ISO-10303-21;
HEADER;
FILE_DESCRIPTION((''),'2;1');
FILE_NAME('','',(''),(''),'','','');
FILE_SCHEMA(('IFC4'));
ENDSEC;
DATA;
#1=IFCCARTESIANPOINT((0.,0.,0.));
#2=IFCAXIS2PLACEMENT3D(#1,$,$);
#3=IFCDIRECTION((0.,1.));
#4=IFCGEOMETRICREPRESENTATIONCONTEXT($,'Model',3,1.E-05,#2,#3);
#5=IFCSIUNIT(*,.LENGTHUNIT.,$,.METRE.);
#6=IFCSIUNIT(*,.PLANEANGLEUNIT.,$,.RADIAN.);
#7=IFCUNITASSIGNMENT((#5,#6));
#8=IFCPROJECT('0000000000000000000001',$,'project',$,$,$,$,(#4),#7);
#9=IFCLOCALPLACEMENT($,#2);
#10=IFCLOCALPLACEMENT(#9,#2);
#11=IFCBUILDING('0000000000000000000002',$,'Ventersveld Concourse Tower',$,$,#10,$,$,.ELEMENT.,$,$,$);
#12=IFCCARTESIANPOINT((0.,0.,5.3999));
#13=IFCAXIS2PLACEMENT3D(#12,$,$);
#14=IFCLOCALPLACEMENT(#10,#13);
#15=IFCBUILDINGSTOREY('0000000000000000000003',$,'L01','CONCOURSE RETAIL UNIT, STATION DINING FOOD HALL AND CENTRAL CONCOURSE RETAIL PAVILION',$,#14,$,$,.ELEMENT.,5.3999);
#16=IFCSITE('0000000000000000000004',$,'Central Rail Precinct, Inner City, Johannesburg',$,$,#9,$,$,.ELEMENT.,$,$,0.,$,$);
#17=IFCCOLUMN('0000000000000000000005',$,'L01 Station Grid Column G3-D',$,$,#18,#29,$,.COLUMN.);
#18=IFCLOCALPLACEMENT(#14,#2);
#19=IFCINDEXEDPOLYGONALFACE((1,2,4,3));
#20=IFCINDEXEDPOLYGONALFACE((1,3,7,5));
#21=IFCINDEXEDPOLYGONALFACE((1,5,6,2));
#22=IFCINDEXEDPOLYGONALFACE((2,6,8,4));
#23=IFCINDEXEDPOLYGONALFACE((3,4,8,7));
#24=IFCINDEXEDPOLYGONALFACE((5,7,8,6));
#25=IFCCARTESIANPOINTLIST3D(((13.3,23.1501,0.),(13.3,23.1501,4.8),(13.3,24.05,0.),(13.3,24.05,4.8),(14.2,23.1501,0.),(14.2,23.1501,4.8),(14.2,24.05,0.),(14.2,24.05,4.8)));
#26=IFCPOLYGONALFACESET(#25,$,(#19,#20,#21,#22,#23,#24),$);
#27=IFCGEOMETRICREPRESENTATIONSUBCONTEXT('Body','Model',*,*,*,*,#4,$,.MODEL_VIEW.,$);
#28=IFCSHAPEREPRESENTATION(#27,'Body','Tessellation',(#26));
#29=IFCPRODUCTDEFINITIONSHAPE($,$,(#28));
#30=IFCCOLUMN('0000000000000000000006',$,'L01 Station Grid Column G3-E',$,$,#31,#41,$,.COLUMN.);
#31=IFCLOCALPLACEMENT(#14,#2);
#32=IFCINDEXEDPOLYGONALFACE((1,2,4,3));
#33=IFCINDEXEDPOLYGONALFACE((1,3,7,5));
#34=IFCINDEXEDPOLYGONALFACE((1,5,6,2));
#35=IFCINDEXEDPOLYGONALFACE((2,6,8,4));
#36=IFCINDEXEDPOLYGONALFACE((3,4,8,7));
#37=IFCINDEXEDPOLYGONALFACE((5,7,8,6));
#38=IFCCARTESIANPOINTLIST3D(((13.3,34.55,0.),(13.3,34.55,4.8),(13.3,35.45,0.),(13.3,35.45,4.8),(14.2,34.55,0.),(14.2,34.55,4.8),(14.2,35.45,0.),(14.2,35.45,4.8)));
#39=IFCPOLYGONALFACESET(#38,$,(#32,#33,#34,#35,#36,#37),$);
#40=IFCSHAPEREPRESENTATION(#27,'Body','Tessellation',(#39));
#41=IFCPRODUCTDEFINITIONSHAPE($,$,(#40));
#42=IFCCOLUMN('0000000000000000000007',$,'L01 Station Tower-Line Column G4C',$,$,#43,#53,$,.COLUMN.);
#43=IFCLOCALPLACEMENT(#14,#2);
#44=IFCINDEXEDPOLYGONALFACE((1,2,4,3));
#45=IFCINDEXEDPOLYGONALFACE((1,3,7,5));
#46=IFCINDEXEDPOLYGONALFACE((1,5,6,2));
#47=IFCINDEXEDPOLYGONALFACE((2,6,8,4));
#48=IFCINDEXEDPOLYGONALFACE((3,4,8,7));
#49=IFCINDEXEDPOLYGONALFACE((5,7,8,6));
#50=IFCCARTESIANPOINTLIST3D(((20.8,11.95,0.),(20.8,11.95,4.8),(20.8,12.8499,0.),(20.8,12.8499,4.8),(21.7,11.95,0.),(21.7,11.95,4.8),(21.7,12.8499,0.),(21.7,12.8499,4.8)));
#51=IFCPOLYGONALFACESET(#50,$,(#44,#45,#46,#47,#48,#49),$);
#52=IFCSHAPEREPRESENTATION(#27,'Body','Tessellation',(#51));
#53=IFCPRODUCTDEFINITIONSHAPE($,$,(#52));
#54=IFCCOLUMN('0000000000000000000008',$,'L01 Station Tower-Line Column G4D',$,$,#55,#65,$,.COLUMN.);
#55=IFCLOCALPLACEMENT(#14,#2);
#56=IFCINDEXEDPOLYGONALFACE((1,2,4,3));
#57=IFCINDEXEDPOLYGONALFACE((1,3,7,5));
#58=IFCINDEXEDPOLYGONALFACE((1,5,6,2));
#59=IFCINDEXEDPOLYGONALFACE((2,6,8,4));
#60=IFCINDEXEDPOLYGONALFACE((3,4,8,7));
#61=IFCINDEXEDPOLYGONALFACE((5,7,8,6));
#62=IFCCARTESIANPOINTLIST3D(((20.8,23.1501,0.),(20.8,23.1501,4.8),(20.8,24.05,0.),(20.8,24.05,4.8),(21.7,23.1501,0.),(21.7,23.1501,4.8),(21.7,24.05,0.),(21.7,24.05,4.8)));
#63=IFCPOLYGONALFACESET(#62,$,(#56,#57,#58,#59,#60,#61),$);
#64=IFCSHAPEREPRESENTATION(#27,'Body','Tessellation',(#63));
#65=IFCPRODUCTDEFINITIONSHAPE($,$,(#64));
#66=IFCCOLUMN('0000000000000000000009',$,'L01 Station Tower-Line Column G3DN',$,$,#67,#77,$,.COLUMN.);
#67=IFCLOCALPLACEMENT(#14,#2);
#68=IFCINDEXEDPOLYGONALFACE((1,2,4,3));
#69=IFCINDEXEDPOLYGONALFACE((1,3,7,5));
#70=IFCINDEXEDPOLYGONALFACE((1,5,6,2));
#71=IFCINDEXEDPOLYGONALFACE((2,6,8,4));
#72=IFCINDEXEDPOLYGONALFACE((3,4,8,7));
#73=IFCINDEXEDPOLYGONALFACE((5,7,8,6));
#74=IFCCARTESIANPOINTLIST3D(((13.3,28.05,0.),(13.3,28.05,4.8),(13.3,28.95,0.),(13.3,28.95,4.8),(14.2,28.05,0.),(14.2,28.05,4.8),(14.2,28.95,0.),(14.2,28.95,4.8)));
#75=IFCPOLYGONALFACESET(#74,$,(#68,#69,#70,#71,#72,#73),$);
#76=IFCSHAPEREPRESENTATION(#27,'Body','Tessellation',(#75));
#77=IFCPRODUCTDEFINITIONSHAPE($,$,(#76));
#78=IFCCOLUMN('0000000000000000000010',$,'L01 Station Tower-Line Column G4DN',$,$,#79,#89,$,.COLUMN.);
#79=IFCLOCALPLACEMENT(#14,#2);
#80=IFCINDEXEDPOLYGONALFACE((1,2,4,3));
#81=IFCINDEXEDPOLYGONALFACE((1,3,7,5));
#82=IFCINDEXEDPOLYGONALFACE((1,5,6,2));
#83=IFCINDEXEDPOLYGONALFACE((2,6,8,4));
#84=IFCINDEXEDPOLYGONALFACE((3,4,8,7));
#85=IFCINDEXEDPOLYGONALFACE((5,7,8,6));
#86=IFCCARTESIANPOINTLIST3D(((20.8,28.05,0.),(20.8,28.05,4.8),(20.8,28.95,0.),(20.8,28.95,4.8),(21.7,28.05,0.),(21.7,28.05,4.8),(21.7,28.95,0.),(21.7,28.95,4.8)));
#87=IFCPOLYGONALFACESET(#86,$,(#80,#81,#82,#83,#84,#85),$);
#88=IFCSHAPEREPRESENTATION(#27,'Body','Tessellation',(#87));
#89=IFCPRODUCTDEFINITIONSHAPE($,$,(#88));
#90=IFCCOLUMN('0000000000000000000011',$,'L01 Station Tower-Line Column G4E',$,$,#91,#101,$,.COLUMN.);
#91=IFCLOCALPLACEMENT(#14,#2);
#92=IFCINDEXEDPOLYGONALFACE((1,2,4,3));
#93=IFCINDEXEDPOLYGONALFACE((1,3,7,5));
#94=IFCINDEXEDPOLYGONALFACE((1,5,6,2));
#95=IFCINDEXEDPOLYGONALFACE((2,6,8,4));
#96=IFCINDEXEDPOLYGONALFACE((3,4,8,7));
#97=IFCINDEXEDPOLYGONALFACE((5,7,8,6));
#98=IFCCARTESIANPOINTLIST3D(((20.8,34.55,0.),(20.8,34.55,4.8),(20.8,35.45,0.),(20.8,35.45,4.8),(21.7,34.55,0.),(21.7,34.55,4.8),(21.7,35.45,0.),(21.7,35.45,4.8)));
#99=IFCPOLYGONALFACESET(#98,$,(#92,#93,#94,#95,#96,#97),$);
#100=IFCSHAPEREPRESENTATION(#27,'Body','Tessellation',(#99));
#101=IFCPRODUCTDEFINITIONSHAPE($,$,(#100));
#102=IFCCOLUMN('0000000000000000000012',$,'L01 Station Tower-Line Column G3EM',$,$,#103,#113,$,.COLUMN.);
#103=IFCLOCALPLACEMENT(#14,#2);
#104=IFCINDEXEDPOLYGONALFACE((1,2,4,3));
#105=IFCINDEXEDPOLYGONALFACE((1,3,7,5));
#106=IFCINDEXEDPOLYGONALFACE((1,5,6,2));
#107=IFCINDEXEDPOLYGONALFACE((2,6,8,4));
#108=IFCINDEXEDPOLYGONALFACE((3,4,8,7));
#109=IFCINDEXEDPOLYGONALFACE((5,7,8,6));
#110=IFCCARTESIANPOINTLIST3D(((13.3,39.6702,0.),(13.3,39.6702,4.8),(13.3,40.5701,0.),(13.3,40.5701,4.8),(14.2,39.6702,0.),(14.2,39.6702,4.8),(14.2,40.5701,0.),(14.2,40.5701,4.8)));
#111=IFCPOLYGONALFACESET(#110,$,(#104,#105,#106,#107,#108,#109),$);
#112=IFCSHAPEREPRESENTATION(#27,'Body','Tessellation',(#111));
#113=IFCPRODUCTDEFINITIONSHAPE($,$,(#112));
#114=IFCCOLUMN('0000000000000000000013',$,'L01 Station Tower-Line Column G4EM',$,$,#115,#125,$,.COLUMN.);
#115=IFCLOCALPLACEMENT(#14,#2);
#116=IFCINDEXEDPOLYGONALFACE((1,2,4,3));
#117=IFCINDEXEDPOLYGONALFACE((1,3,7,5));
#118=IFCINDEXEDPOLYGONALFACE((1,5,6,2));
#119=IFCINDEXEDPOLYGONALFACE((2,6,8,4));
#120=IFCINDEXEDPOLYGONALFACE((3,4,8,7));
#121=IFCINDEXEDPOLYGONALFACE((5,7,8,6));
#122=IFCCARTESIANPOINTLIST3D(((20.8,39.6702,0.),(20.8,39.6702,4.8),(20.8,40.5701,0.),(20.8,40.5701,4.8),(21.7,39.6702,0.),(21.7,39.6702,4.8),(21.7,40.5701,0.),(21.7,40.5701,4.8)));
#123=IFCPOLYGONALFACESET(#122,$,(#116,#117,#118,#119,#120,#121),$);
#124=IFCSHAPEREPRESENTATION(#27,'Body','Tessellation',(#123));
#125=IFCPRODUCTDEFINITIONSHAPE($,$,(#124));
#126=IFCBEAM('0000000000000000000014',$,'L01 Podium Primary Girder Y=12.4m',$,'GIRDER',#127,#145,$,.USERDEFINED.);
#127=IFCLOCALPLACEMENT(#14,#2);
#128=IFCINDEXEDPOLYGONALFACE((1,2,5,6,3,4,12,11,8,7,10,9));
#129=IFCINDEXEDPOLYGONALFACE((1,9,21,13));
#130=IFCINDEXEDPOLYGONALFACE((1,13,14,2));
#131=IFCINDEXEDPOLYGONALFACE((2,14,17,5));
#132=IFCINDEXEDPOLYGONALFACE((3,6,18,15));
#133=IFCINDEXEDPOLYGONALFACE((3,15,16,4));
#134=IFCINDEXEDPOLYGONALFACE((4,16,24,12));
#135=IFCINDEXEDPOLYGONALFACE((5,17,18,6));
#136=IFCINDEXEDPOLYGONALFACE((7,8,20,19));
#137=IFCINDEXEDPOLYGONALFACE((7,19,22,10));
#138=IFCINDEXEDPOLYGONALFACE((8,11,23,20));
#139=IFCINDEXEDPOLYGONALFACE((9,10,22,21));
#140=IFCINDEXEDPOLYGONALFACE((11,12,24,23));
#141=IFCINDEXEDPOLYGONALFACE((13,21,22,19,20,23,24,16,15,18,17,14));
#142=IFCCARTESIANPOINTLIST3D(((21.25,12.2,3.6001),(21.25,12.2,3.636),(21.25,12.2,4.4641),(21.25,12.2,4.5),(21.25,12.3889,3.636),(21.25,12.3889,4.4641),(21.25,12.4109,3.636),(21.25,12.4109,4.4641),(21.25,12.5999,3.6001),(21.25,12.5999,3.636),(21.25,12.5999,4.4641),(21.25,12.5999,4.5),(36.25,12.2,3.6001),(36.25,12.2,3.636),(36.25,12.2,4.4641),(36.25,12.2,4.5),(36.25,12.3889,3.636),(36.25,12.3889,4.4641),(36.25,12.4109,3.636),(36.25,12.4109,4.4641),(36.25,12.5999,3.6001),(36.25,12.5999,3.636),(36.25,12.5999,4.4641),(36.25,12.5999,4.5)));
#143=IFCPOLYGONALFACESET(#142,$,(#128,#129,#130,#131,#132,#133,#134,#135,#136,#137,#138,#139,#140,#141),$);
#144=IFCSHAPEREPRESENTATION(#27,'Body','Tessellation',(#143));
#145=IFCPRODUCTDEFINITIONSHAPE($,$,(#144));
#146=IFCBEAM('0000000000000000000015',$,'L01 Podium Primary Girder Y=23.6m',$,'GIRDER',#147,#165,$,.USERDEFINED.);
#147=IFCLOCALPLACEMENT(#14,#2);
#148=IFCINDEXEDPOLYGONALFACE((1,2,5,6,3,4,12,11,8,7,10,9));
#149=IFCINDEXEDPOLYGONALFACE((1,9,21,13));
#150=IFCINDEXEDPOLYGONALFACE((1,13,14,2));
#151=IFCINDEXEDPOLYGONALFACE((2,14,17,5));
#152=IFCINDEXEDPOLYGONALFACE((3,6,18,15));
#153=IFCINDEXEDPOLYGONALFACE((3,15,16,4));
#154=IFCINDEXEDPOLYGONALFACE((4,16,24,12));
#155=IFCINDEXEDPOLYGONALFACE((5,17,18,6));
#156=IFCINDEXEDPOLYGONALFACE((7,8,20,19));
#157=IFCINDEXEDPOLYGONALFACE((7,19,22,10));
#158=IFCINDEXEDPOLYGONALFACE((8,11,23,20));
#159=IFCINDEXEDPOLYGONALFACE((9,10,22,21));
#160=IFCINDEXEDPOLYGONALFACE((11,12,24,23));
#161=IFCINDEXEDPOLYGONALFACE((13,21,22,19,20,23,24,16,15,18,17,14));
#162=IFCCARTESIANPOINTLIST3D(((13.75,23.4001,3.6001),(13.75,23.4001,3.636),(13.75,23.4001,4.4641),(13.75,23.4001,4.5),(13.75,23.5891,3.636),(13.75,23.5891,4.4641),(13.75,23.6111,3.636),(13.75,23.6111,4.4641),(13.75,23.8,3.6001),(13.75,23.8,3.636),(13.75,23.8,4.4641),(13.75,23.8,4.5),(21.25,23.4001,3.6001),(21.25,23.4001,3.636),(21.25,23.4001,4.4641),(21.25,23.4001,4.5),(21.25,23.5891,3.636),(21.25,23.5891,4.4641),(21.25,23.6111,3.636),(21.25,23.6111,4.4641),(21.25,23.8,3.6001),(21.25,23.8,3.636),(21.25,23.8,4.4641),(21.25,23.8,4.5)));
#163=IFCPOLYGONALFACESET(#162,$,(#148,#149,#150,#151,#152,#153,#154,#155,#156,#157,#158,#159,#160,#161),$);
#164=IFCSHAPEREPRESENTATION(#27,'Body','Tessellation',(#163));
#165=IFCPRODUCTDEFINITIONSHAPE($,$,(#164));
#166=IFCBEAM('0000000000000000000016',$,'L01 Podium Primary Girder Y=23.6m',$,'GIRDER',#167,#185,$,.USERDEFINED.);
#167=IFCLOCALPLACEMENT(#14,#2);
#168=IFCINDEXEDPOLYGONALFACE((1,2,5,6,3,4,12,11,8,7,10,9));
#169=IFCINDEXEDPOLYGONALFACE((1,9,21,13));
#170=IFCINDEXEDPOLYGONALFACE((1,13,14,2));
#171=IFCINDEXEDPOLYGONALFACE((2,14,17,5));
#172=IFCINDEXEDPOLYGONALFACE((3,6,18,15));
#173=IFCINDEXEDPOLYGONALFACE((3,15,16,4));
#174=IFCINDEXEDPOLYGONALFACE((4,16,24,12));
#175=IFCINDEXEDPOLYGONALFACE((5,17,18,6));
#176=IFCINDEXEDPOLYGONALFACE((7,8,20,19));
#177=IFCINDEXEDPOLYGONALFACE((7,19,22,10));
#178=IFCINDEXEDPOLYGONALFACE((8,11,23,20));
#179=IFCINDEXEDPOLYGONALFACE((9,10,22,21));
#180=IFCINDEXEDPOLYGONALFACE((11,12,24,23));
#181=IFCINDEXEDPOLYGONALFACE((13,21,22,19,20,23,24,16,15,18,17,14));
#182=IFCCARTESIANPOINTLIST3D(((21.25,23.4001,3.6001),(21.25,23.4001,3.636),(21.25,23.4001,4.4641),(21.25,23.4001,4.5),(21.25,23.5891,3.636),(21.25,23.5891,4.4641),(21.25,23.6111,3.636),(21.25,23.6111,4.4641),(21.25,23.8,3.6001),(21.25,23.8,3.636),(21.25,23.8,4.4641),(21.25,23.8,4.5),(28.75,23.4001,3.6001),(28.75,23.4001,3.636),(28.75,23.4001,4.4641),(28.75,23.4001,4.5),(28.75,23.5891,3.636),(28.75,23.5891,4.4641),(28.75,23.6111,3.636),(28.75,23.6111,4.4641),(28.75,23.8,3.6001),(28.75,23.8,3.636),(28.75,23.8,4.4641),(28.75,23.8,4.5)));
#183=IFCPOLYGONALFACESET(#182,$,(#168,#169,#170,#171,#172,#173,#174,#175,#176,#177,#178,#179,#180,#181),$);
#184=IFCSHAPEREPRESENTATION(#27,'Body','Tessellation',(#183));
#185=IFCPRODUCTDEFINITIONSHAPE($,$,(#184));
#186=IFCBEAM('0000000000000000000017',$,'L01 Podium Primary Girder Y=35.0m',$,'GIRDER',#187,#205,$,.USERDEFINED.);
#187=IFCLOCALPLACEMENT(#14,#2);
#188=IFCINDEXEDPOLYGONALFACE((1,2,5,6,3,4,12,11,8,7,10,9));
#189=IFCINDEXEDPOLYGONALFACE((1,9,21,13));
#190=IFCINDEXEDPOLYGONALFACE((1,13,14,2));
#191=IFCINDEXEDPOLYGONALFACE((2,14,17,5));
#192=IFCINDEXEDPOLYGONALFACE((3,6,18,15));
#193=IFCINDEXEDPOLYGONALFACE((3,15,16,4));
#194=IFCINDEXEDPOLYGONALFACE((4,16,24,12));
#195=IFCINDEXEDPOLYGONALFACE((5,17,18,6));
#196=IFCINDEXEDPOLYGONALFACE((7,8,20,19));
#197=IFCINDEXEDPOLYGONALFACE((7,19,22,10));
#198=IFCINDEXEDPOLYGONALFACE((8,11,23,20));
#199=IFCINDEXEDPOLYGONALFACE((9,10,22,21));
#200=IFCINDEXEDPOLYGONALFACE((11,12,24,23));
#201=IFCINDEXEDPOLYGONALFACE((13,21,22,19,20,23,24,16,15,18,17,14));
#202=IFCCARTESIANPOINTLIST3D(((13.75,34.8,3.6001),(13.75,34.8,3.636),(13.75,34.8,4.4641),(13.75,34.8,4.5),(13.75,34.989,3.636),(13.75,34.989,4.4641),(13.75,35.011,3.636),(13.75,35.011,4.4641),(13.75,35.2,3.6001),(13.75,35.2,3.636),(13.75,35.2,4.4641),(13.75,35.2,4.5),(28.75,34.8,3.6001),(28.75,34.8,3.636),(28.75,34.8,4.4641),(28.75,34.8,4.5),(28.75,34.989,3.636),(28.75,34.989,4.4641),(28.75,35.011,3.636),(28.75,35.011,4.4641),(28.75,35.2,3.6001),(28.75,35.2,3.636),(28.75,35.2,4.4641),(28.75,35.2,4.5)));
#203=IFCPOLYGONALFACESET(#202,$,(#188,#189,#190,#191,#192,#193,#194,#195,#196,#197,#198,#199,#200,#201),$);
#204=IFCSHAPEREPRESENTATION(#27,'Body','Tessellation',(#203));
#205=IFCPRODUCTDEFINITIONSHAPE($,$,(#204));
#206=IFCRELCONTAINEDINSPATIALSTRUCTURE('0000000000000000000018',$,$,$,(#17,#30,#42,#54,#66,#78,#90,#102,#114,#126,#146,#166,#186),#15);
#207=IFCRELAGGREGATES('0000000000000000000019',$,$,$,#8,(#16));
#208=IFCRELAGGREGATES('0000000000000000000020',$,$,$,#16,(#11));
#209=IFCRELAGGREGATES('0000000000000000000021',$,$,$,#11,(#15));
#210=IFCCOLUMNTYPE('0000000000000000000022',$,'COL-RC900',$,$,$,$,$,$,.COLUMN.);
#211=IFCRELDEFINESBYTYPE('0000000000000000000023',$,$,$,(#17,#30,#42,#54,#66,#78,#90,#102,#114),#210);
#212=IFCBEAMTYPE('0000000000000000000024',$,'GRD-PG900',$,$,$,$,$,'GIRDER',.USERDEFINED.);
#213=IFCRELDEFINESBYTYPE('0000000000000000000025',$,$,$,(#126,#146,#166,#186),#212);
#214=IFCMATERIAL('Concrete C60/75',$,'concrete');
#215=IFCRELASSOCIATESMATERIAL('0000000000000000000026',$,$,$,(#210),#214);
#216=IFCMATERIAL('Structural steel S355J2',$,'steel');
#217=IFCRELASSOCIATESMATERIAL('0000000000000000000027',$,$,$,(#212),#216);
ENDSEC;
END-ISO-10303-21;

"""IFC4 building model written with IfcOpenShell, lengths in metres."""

from ifc_helpers import new_model, si_unit, direction, frame, origin, origin_2d, place, context, subcontext, project, spatial, rectangle, i_section, extrude, material, material_profile, profile_set, type_object, element, save


model = new_model("IFC4")

# Units and contexts
model_context = context("Model", 3, precision=1e-05, world=origin(), true_north=direction((0.0, 1.0)))
body_context = subcontext(model_context, "Body", "Model", "MODEL_VIEW")
ifc_project = project(units=[si_unit("LENGTHUNIT", "METRE"), si_unit("PLANEANGLEUNIT", "RADIAN")], contexts=[model_context])

# Site, building, storey
site_placement = place(None, origin())
site = spatial("IfcSite", under=ifc_project, at=site_placement, Name="Central Rail Precinct, Inner City, Johannesburg", CompositionType="ELEMENT", RefElevation=0.0)
building_placement = place(site_placement, origin())
building = spatial("IfcBuilding", under=site, at=building_placement, Name="Ventersveld Concourse Tower", CompositionType="ELEMENT")
storey_placement = place(building_placement, frame((0.0, 0.0, 5.3999)))
storey = spatial("IfcBuildingStorey", under=building, at=storey_placement, Name="L01", Description="CONCOURSE RETAIL UNIT, STATION DINING FOOD HALL AND CENTRAL CONCOURSE RETAIL PAVILION", CompositionType="ELEMENT", Elevation=5.3999)

# Columns
ifc_material_1 = material(Name="Concrete C60/75", Category="concrete")
ifc_material_profile_1 = material_profile(ifc_material_1, rectangle(XDim=0.8999, YDim=0.8999, at=origin_2d()), Name="RC 900x900")
ifc_profile_set_1 = profile_set([ifc_material_profile_1], Name="Concrete C60/75")
column_type = type_object("IfcColumnType", Name="COL-RC900", PredefinedType="COLUMN", material=ifc_profile_set_1)
for number, where, z_axis, x_axis, name in (
    (1, (13.75, 23.6001, 0.0), (0.0, 0.0, 1.0), (1.0, 0.0, 0.0), "L01 Station Grid Column G3-D"),
    (2, (13.75, 35.0, 0.0), (0.0, 0.0, 1.0), (1.0, 0.0, 0.0), "L01 Station Grid Column G3-E"),
    (3, (21.25, 12.3999, 0.0), (0.0, 0.0, 1.0), (1.0, 0.0, 0.0), "L01 Station Tower-Line Column G4C"),
    (4, (21.25, 23.6001, 0.0), (0.0, 0.0, 1.0), (1.0, 0.0, 0.0), "L01 Station Tower-Line Column G4D"),
    (5, (13.75, 28.5, 0.0), (0.0, 0.0, 1.0), (1.0, 0.0, 0.0), "L01 Station Tower-Line Column G3DN"),
    (6, (21.25, 28.5, 0.0), (0.0, 0.0, 1.0), (1.0, 0.0, 0.0), "L01 Station Tower-Line Column G4DN"),
    (7, (21.25, 35.0, 0.0), (0.0, 0.0, 1.0), (1.0, 0.0, 0.0), "L01 Station Tower-Line Column G4E"),
    (8, (13.75, 40.1201, 0.0), (0.0, 0.0, 1.0), (1.0, 0.0, 0.0), "L01 Station Tower-Line Column G3EM"),
    (9, (21.25, 40.1201, 0.0), (0.0, 0.0, 1.0), (1.0, 0.0, 0.0), "L01 Station Tower-Line Column G4EM"),
):
    element("IfcColumn", number, at=place(storey_placement, frame(where, z_axis=z_axis, x_axis=x_axis)), inside=storey, type_object=column_type, Name=name, PredefinedType="COLUMN", context=body_context, shape_type="SweptSolid", body=[
        extrude(rectangle(XDim=0.8999, YDim=0.8999, at=origin_2d()), origin(), (0.0, 0.0, 1.0), 4.8),
    ])

# Beams
ifc_material_2 = material(Name="Structural steel S355J2", Category="steel")
ifc_material_profile_2 = material_profile(ifc_material_2, i_section(OverallWidth=0.3999, OverallDepth=0.8999, WebThickness=0.022, FlangeThickness=0.0359, at=origin_2d()), Name="PG 900x400x36")
ifc_profile_set_2 = profile_set([ifc_material_profile_2], Name="Structural steel S355J2")
beam_type_1 = type_object("IfcBeamType", Name="GRD-PG900", ElementType="GIRDER", PredefinedType="USERDEFINED", material=ifc_profile_set_2)
beam_1_placement = place(storey_placement, frame((21.25, 12.3999, 4.05), z_axis=(1.0, 0.0, 0.0), x_axis=(0.0, 1.0, 0.0)))
element("IfcBeam", 10, at=beam_1_placement, inside=storey, type_object=beam_type_1, Name="L01 Podium Primary Girder Y=12.4m", ObjectType="GIRDER", PredefinedType="USERDEFINED", context=body_context, shape_type="SweptSolid", body=[
    extrude(i_section(OverallWidth=0.3999, OverallDepth=0.8999, WebThickness=0.022, FlangeThickness=0.0359, at=origin_2d()), origin(), (0.0, 0.0, 1.0), 15.0),
])
for number, where, z_axis, x_axis, name in (
    (11, (13.75, 23.6001, 4.05), (1.0, 0.0, 0.0), (0.0, 1.0, 0.0), "L01 Podium Primary Girder Y=23.6m"),
    (12, (21.25, 23.6001, 4.05), (1.0, 0.0, 0.0), (0.0, 1.0, 0.0), "L01 Podium Primary Girder Y=23.6m"),
):
    element("IfcBeam", number, at=place(storey_placement, frame(where, z_axis=z_axis, x_axis=x_axis)), inside=storey, type_object=beam_type_1, Name=name, ObjectType="GIRDER", PredefinedType="USERDEFINED", context=body_context, shape_type="SweptSolid", body=[
        extrude(i_section(OverallWidth=0.3999, OverallDepth=0.8999, WebThickness=0.022, FlangeThickness=0.0359, at=origin_2d()), origin(), (0.0, 0.0, 1.0), 7.5),
    ])
beam_2_placement = place(storey_placement, frame((13.75, 35.0, 4.05), z_axis=(1.0, 0.0, 0.0), x_axis=(0.0, 1.0, 0.0)))
element("IfcBeam", 13, at=beam_2_placement, inside=storey, type_object=beam_type_1, Name="L01 Podium Primary Girder Y=35.0m", ObjectType="GIRDER", PredefinedType="USERDEFINED", context=body_context, shape_type="SweptSolid", body=[
    extrude(i_section(OverallWidth=0.3999, OverallDepth=0.8999, WebThickness=0.022, FlangeThickness=0.0359, at=origin_2d()), origin(), (0.0, 0.0, 1.0), 15.0),
])

save(model, "model.ifc")
